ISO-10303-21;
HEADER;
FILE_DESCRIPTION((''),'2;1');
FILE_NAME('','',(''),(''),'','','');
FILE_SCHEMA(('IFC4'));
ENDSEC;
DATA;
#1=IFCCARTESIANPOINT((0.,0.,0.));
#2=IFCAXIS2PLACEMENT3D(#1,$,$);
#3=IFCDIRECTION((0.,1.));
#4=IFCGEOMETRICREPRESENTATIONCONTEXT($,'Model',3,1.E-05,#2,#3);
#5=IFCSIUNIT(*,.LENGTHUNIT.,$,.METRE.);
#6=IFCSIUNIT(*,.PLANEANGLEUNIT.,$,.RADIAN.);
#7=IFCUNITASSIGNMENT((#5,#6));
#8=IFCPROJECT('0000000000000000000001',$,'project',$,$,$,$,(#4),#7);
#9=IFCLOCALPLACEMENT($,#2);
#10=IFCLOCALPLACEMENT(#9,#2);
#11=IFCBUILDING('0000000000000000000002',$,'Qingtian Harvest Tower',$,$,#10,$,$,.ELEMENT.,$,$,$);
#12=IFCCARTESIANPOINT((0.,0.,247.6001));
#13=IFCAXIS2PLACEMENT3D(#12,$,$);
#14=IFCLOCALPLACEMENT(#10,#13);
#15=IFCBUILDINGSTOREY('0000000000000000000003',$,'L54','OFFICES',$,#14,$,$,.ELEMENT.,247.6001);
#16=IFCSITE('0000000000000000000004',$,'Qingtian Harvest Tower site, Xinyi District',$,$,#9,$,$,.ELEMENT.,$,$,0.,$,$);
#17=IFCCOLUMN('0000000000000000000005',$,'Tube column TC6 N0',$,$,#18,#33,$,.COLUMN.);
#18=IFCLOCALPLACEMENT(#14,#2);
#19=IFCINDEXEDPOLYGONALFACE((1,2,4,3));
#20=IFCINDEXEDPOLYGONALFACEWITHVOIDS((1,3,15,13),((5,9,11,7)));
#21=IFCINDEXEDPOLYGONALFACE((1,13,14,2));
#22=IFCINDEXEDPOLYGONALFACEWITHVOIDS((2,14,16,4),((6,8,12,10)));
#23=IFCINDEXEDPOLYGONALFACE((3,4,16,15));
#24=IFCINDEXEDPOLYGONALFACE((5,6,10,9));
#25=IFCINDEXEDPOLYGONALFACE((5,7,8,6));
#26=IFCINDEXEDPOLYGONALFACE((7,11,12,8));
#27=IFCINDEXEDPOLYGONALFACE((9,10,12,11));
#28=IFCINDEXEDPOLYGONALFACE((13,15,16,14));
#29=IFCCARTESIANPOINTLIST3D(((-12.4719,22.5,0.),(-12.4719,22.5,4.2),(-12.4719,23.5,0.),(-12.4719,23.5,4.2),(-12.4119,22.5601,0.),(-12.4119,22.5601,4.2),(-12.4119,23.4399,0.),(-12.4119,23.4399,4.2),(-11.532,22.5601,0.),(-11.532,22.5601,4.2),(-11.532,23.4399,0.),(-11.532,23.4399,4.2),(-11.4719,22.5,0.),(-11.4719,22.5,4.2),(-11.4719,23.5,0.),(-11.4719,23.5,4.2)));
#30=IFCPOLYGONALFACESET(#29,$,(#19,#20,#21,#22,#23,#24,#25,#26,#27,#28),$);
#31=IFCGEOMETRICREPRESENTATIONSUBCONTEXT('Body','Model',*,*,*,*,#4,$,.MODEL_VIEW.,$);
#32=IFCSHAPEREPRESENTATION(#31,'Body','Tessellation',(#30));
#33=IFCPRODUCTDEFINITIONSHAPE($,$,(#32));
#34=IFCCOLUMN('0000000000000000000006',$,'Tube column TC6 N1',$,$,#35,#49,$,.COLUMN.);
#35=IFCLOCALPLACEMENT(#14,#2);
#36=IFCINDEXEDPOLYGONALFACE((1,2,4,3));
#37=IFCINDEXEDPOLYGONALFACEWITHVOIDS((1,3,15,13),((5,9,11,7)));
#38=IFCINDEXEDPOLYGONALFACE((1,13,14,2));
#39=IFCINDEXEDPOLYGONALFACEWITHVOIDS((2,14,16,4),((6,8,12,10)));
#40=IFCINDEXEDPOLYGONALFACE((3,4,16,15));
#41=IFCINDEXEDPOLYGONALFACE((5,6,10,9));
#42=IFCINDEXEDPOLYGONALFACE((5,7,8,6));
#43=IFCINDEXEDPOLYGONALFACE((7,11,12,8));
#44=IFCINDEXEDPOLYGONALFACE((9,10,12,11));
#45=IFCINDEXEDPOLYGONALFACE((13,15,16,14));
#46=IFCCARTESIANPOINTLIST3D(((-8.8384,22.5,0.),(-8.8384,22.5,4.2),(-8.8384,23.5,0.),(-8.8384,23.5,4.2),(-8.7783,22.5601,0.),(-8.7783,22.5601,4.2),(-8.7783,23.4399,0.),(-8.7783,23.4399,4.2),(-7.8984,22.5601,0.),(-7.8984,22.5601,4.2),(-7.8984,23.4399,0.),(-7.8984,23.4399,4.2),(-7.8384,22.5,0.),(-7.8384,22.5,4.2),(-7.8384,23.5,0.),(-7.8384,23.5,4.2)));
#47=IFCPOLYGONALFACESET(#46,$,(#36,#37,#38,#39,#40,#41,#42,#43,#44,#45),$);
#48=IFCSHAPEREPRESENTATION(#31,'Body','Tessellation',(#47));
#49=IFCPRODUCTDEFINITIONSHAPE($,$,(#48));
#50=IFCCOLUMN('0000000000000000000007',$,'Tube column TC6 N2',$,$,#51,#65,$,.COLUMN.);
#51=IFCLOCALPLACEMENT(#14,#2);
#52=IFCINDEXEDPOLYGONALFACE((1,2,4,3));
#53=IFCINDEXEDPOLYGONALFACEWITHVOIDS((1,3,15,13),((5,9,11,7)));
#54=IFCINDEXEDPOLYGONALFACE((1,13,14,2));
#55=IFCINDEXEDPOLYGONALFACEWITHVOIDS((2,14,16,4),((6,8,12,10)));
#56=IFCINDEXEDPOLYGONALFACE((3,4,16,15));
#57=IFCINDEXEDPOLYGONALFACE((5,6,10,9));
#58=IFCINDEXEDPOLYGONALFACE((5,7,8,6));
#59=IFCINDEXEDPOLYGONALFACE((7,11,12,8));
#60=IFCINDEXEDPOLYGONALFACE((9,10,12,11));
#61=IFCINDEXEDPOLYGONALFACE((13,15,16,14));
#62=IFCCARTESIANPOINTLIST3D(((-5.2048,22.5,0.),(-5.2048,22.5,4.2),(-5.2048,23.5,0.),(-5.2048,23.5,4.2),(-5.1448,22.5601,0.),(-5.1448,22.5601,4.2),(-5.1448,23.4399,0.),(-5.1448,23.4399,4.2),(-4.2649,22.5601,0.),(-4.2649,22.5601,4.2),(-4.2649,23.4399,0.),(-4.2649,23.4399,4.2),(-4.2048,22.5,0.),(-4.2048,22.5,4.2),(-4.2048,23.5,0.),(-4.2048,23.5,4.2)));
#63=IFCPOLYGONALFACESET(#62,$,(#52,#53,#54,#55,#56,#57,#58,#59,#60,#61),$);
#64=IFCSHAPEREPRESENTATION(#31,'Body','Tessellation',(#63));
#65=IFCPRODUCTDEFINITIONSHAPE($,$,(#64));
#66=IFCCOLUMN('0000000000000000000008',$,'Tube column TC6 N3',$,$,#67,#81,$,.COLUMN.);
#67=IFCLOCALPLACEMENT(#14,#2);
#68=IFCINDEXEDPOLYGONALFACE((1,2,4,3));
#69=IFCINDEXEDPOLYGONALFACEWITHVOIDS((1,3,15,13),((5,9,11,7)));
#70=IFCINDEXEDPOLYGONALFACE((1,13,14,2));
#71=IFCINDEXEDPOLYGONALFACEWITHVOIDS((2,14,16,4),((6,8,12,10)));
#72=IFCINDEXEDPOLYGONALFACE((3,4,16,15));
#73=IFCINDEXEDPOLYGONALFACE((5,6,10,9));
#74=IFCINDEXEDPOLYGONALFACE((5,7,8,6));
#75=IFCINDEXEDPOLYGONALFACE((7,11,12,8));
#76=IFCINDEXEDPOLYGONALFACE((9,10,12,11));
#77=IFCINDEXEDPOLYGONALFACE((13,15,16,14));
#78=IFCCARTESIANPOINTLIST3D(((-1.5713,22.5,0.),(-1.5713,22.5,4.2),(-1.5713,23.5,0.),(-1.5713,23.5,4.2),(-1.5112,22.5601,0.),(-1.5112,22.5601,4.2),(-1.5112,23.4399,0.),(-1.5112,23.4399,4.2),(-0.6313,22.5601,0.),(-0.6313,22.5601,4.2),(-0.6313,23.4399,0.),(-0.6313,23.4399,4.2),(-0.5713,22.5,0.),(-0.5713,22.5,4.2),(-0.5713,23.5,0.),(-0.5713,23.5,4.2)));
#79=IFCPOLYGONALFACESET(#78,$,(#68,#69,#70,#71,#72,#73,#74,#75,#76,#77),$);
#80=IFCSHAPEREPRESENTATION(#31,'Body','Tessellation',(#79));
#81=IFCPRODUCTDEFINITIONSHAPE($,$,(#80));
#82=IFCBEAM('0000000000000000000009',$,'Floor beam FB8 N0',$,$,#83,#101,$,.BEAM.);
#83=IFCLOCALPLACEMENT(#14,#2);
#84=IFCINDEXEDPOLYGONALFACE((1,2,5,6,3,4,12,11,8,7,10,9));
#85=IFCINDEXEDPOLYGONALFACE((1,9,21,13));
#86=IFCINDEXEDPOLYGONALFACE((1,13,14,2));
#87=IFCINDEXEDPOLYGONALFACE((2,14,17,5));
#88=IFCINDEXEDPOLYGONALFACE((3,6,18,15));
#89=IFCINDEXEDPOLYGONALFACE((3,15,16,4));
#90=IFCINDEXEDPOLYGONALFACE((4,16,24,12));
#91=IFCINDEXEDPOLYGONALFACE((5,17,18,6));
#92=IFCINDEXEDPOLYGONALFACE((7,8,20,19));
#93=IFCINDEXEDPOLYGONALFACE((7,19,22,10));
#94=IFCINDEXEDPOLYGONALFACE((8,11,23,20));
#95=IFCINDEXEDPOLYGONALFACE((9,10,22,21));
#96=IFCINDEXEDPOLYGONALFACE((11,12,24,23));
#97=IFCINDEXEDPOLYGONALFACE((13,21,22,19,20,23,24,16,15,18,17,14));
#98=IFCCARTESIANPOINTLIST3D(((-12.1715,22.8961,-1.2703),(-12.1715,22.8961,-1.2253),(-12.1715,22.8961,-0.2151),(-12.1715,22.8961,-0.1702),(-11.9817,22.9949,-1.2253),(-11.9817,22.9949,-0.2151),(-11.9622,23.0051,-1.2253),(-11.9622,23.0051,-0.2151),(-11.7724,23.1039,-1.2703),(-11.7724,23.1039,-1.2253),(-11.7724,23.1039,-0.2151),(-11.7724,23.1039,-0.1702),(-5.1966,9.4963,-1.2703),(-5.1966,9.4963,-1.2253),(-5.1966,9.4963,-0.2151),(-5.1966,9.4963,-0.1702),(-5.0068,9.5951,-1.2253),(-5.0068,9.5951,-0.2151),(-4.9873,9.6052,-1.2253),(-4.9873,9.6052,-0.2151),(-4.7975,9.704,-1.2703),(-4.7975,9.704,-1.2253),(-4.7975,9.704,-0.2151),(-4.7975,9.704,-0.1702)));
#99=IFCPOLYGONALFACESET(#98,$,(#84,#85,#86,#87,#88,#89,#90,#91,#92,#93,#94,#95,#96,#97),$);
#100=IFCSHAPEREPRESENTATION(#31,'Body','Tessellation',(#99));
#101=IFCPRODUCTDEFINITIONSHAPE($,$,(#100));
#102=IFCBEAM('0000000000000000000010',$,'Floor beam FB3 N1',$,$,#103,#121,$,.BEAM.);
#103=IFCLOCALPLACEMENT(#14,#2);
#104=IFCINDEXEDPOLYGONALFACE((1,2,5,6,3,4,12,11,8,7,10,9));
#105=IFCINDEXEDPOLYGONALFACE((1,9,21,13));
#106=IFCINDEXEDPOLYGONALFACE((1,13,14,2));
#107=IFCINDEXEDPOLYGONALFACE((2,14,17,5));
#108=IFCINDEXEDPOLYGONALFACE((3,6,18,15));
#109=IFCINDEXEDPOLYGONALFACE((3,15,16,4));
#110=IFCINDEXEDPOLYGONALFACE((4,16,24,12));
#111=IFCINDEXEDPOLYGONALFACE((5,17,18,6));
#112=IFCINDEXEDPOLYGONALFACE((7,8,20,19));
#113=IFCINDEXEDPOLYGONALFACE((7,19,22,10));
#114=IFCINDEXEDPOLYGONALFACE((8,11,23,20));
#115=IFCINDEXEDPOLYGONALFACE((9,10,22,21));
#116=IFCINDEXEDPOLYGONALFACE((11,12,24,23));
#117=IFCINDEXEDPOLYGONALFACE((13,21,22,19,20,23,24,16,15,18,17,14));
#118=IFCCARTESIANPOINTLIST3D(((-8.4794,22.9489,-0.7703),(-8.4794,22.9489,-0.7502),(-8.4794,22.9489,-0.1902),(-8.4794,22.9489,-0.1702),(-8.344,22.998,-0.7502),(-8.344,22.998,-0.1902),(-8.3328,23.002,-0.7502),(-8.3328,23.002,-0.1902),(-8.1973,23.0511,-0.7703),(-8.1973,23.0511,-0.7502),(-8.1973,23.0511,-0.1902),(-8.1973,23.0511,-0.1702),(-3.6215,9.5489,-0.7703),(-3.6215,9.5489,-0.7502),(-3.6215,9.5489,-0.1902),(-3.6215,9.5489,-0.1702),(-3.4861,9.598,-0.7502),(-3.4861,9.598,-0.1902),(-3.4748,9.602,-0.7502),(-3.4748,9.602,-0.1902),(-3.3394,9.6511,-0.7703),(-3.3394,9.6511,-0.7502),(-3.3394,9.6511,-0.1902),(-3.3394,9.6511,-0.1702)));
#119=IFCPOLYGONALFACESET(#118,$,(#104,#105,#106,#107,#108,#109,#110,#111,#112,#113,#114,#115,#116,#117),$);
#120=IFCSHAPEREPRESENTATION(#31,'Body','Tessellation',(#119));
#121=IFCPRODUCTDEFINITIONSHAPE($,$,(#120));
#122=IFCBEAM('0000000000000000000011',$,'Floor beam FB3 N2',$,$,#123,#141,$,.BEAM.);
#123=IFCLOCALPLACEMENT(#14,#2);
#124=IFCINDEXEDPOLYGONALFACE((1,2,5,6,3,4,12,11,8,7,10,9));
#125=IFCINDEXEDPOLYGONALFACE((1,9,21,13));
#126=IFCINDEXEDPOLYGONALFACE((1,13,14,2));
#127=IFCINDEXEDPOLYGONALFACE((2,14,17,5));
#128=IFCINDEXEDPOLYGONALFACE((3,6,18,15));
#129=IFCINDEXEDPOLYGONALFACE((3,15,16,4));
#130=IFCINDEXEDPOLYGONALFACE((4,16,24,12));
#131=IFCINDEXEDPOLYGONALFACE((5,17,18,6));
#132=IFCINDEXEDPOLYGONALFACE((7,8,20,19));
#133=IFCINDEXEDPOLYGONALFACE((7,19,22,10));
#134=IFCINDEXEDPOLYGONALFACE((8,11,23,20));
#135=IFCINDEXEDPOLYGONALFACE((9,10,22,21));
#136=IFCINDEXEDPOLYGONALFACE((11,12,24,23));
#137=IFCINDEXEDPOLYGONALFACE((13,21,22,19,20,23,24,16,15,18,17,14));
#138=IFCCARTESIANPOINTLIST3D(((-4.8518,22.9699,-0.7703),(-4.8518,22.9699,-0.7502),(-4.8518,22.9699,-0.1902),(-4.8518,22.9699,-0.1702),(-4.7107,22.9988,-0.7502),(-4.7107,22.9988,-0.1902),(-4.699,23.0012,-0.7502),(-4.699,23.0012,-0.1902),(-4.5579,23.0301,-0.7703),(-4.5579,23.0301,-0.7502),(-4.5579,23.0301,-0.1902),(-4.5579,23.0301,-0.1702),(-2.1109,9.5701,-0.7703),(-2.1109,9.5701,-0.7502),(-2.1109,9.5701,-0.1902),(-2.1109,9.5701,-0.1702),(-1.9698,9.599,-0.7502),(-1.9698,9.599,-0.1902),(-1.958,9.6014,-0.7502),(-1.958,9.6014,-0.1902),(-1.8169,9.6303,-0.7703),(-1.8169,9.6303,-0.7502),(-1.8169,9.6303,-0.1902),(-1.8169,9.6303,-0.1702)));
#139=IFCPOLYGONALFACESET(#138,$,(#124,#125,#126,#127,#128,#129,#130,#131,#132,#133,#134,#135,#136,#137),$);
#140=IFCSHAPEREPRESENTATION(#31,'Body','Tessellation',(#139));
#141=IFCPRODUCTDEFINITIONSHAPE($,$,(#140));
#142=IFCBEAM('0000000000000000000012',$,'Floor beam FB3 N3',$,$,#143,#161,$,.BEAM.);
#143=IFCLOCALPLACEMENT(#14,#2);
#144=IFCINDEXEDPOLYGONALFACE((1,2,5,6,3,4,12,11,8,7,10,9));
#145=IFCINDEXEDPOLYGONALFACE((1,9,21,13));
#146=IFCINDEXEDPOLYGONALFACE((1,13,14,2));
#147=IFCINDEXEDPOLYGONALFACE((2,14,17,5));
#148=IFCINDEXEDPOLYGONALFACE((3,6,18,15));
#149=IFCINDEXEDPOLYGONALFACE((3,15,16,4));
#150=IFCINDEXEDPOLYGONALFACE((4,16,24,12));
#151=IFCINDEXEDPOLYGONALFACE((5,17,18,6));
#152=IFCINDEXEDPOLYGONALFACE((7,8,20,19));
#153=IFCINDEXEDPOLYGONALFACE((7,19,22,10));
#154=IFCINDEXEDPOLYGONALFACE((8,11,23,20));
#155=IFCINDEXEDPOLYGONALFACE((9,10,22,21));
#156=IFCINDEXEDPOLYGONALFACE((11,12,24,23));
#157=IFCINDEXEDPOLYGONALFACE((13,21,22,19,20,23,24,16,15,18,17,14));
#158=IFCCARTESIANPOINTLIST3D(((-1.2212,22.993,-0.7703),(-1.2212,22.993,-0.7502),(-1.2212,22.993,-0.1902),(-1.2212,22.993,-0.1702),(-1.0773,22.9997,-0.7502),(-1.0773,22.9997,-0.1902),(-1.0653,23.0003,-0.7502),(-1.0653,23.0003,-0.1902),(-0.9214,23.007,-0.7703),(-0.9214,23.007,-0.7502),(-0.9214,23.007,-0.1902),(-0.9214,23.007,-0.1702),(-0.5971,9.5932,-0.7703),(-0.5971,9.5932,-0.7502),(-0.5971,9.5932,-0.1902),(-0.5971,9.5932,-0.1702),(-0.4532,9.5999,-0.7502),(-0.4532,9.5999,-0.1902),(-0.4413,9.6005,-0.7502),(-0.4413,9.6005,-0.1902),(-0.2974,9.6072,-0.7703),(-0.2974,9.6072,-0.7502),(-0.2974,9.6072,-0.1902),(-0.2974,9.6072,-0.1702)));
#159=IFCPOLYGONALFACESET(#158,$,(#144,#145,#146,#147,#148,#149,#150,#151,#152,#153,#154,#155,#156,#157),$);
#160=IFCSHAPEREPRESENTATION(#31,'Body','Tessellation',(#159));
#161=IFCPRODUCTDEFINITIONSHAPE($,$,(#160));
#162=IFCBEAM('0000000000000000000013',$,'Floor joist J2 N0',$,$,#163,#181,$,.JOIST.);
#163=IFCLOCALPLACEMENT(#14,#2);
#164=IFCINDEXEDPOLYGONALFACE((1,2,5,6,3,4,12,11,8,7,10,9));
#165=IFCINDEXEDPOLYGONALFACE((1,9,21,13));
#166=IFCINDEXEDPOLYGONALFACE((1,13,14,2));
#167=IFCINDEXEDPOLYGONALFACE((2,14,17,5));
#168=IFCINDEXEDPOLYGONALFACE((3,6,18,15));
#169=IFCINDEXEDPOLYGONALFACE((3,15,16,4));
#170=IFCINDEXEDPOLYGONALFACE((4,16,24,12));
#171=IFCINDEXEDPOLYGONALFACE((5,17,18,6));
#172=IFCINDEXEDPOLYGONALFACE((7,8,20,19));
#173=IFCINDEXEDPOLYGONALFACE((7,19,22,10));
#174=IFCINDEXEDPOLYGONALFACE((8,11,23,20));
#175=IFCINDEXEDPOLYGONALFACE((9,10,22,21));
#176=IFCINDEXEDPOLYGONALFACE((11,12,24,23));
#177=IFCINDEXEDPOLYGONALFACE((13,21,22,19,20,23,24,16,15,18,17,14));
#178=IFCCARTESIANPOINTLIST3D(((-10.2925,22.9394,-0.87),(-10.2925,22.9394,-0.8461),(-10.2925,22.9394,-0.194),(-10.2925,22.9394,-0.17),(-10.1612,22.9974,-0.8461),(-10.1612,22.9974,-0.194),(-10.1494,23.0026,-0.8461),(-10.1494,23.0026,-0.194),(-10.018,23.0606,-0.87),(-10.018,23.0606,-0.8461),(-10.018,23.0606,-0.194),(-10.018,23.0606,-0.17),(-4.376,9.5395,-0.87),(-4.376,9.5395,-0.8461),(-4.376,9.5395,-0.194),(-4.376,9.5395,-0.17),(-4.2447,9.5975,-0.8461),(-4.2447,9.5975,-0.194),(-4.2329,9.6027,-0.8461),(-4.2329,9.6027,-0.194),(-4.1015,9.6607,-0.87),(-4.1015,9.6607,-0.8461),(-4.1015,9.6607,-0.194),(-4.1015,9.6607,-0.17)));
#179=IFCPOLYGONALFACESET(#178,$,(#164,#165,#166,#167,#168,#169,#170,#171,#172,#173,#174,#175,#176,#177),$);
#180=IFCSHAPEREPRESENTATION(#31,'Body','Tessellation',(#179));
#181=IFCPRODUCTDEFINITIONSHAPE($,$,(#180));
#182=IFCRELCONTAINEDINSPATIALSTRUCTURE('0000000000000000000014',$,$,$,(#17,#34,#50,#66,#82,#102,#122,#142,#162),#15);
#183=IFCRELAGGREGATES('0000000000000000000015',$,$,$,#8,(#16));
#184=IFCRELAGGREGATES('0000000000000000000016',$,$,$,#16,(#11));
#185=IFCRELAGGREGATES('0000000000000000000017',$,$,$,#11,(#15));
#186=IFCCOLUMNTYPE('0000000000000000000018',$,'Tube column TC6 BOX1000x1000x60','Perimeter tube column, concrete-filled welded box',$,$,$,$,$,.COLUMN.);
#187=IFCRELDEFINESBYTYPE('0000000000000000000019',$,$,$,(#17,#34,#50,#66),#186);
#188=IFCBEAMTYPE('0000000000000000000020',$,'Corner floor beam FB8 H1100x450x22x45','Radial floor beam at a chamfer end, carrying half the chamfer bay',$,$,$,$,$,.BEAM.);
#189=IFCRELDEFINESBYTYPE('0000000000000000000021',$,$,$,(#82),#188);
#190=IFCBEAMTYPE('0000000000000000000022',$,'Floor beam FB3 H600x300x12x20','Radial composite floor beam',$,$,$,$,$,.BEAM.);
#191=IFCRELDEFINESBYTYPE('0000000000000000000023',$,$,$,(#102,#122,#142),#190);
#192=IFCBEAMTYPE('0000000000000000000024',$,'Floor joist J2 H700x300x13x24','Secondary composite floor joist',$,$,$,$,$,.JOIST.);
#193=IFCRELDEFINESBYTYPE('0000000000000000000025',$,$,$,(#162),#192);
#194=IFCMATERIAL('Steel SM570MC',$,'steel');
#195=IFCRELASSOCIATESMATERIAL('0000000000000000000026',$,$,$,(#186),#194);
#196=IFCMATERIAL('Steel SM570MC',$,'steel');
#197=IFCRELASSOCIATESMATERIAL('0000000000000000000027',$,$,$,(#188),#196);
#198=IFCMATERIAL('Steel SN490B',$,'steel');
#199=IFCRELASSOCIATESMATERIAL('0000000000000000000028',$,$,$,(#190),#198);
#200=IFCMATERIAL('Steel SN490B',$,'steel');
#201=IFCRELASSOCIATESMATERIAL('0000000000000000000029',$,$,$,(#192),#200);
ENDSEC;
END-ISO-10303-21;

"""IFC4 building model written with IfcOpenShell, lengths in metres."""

from ifc_helpers import new_model, si_unit, direction, frame, origin, origin_2d, place, context, subcontext, project, spatial, hollow_rectangle, i_section, extrude, material, material_profile, profile_set, type_object, element, save


model = new_model("IFC4")

# Units and contexts
model_context = context("Model", 3, precision=1e-05, world=origin(), true_north=direction((0.0, 1.0)))
body_context = subcontext(model_context, "Body", "Model", "MODEL_VIEW")
ifc_project = project(units=[si_unit("LENGTHUNIT", "METRE"), si_unit("PLANEANGLEUNIT", "RADIAN")], contexts=[model_context])

# Site, building, storey
site_placement = place(None, origin())
site = spatial("IfcSite", under=ifc_project, at=site_placement, Name="Qingtian Harvest Tower site, Xinyi District", CompositionType="ELEMENT", RefElevation=0.0)
building_placement = place(site_placement, origin())
building = spatial("IfcBuilding", under=site, at=building_placement, Name="Qingtian Harvest Tower", CompositionType="ELEMENT")
storey_placement = place(building_placement, frame((0.0, 0.0, 247.6001)))
storey = spatial("IfcBuildingStorey", under=building, at=storey_placement, Name="L54", Description="OFFICES", CompositionType="ELEMENT", Elevation=247.6001)

# Columns
ifc_material_1 = material(Name="Steel SM570MC", Category="steel")
ifc_material_profile_1 = material_profile(ifc_material_1, hollow_rectangle(XDim=1.0, YDim=1.0, WallThickness=0.0601, at=origin_2d()), Name="BOX1000x1000x60")
ifc_profile_set_1 = profile_set([ifc_material_profile_1], Name="Steel SM570MC")
column_type = type_object("IfcColumnType", Name="Tube column TC6 BOX1000x1000x60", Description="Perimeter tube column, concrete-filled welded box", PredefinedType="COLUMN", material=ifc_profile_set_1)
for number, where, z_axis, x_axis, name in (
    (1, (-11.9719, 23.0, 0.0), (0.0, 0.0, 1.0), (-1.0, 0.0, 0.0), "Tube column TC6 N0"),
    (2, (-8.3384, 23.0, 0.0), (0.0, 0.0, 1.0), (-1.0, 0.0, 0.0), "Tube column TC6 N1"),
    (3, (-4.7048, 23.0, 0.0), (0.0, 0.0, 1.0), (-1.0, 0.0, 0.0), "Tube column TC6 N2"),
    (4, (-1.0713, 23.0, 0.0), (0.0, 0.0, 1.0), (-1.0, 0.0, 0.0), "Tube column TC6 N3"),
):
    element("IfcColumn", number, at=place(storey_placement, frame(where, z_axis=z_axis, x_axis=x_axis)), inside=storey, type_object=column_type, Name=name, PredefinedType="COLUMN", context=body_context, shape_type="SweptSolid", body=[
        extrude(hollow_rectangle(XDim=1.0, YDim=1.0, WallThickness=0.0601, at=origin_2d()), origin(), (0.0, 0.0, 1.0), 4.2),
    ])

# Beams
ifc_material_2 = material(Name="Steel SM570MC", Category="steel")
ifc_material_profile_2 = material_profile(ifc_material_2, i_section(OverallWidth=0.45, OverallDepth=1.1001, WebThickness=0.022, FlangeThickness=0.0449, at=origin_2d()), Name="H1100x450x22x45")
ifc_profile_set_2 = profile_set([ifc_material_profile_2], Name="Steel SM570MC")
beam_type_1 = type_object("IfcBeamType", Name="Corner floor beam FB8 H1100x450x22x45", Description="Radial floor beam at a chamfer end, carrying half the chamfer bay", PredefinedType="BEAM", material=ifc_profile_set_2)
beam_1_placement = place(storey_placement, frame((-11.9719, 23.0, -0.7202), z_axis=(0.461712, -0.88703, 0.0), x_axis=(0.88703, 0.461712, 0.0)))
element("IfcBeam", 5, at=beam_1_placement, inside=storey, type_object=beam_type_1, Name="Floor beam FB8 N0", PredefinedType="BEAM", context=body_context, shape_type="SweptSolid", body=[
    extrude(i_section(OverallWidth=0.45, OverallDepth=1.1001, WebThickness=0.022, FlangeThickness=0.0449, at=origin_2d()), origin(), (0.0, 0.0, 1.0), 15.1064),
])
ifc_material_3 = material(Name="Steel SN490B", Category="steel")
ifc_material_profile_3 = material_profile(ifc_material_3, i_section(OverallWidth=0.3, OverallDepth=0.6001, WebThickness=0.012, FlangeThickness=0.02, at=origin_2d()), Name="H600x300x12x20")
ifc_profile_set_3 = profile_set([ifc_material_profile_3], Name="Steel SN490B")
beam_type_2 = type_object("IfcBeamType", Name="Floor beam FB3 H600x300x12x20", Description="Radial composite floor beam", PredefinedType="BEAM", material=ifc_profile_set_3)
beam_2_placement = place(storey_placement, frame((-8.3384, 23.0, -0.4702), z_axis=(0.340827, -0.940126, 0.0), x_axis=(0.940126, 0.340827, 0.0)))
element("IfcBeam", 6, at=beam_2_placement, inside=storey, type_object=beam_type_2, Name="Floor beam FB3 N1", PredefinedType="BEAM", context=body_context, shape_type="SweptSolid", body=[
    extrude(i_section(OverallWidth=0.3, OverallDepth=0.6001, WebThickness=0.012, FlangeThickness=0.02, at=origin_2d()), origin(), (0.0, 0.0, 1.0), 14.2534),
])
beam_3_placement = place(storey_placement, frame((-4.7048, 23.0, -0.4702), z_axis=(0.200402, -0.979714, 0.0), x_axis=(0.979714, 0.200402, 0.0)))
element("IfcBeam", 7, at=beam_3_placement, inside=storey, type_object=beam_type_2, Name="Floor beam FB3 N2", PredefinedType="BEAM", context=body_context, shape_type="SweptSolid", body=[
    extrude(i_section(OverallWidth=0.3, OverallDepth=0.6001, WebThickness=0.012, FlangeThickness=0.02, at=origin_2d()), origin(), (0.0, 0.0, 1.0), 13.6772),
])
beam_4_placement = place(storey_placement, frame((-1.0713, 23.0, -0.4702), z_axis=(0.046519, -0.998917, 0.0), x_axis=(0.998917, 0.046519, 0.0)))
element("IfcBeam", 8, at=beam_4_placement, inside=storey, type_object=beam_type_2, Name="Floor beam FB3 N3", PredefinedType="BEAM", context=body_context, shape_type="SweptSolid", body=[
    extrude(i_section(OverallWidth=0.3, OverallDepth=0.6001, WebThickness=0.012, FlangeThickness=0.02, at=origin_2d()), origin(), (0.0, 0.0, 1.0), 13.4143),
])
ifc_material_4 = material(Name="Steel SN490B", Category="steel")
ifc_material_profile_4 = material_profile(ifc_material_4, i_section(OverallWidth=0.3, OverallDepth=0.7, WebThickness=0.0129, FlangeThickness=0.0239, at=origin_2d()), Name="H700x300x13x24")
ifc_profile_set_4 = profile_set([ifc_material_profile_4], Name="Steel SN490B")
beam_type_3 = type_object("IfcBeamType", Name="Floor joist J2 H700x300x13x24", Description="Secondary composite floor joist", PredefinedType="JOIST", material=ifc_profile_set_4)
beam_5_placement = place(storey_placement, frame((-10.1553, 23.0, -0.52), z_axis=(0.403913, -0.914797, 0.0), x_axis=(0.914797, 0.403913, 0.0)))
element("IfcBeam", 9, at=beam_5_placement, inside=storey, type_object=beam_type_3, Name="Floor joist J2 N0", PredefinedType="JOIST", context=body_context, shape_type="SweptSolid", body=[
    extrude(i_section(OverallWidth=0.3, OverallDepth=0.7, WebThickness=0.0129, FlangeThickness=0.0239, at=origin_2d()), origin(), (0.0, 0.0, 1.0), 14.6479),
])

save(model, "model.ifc")
